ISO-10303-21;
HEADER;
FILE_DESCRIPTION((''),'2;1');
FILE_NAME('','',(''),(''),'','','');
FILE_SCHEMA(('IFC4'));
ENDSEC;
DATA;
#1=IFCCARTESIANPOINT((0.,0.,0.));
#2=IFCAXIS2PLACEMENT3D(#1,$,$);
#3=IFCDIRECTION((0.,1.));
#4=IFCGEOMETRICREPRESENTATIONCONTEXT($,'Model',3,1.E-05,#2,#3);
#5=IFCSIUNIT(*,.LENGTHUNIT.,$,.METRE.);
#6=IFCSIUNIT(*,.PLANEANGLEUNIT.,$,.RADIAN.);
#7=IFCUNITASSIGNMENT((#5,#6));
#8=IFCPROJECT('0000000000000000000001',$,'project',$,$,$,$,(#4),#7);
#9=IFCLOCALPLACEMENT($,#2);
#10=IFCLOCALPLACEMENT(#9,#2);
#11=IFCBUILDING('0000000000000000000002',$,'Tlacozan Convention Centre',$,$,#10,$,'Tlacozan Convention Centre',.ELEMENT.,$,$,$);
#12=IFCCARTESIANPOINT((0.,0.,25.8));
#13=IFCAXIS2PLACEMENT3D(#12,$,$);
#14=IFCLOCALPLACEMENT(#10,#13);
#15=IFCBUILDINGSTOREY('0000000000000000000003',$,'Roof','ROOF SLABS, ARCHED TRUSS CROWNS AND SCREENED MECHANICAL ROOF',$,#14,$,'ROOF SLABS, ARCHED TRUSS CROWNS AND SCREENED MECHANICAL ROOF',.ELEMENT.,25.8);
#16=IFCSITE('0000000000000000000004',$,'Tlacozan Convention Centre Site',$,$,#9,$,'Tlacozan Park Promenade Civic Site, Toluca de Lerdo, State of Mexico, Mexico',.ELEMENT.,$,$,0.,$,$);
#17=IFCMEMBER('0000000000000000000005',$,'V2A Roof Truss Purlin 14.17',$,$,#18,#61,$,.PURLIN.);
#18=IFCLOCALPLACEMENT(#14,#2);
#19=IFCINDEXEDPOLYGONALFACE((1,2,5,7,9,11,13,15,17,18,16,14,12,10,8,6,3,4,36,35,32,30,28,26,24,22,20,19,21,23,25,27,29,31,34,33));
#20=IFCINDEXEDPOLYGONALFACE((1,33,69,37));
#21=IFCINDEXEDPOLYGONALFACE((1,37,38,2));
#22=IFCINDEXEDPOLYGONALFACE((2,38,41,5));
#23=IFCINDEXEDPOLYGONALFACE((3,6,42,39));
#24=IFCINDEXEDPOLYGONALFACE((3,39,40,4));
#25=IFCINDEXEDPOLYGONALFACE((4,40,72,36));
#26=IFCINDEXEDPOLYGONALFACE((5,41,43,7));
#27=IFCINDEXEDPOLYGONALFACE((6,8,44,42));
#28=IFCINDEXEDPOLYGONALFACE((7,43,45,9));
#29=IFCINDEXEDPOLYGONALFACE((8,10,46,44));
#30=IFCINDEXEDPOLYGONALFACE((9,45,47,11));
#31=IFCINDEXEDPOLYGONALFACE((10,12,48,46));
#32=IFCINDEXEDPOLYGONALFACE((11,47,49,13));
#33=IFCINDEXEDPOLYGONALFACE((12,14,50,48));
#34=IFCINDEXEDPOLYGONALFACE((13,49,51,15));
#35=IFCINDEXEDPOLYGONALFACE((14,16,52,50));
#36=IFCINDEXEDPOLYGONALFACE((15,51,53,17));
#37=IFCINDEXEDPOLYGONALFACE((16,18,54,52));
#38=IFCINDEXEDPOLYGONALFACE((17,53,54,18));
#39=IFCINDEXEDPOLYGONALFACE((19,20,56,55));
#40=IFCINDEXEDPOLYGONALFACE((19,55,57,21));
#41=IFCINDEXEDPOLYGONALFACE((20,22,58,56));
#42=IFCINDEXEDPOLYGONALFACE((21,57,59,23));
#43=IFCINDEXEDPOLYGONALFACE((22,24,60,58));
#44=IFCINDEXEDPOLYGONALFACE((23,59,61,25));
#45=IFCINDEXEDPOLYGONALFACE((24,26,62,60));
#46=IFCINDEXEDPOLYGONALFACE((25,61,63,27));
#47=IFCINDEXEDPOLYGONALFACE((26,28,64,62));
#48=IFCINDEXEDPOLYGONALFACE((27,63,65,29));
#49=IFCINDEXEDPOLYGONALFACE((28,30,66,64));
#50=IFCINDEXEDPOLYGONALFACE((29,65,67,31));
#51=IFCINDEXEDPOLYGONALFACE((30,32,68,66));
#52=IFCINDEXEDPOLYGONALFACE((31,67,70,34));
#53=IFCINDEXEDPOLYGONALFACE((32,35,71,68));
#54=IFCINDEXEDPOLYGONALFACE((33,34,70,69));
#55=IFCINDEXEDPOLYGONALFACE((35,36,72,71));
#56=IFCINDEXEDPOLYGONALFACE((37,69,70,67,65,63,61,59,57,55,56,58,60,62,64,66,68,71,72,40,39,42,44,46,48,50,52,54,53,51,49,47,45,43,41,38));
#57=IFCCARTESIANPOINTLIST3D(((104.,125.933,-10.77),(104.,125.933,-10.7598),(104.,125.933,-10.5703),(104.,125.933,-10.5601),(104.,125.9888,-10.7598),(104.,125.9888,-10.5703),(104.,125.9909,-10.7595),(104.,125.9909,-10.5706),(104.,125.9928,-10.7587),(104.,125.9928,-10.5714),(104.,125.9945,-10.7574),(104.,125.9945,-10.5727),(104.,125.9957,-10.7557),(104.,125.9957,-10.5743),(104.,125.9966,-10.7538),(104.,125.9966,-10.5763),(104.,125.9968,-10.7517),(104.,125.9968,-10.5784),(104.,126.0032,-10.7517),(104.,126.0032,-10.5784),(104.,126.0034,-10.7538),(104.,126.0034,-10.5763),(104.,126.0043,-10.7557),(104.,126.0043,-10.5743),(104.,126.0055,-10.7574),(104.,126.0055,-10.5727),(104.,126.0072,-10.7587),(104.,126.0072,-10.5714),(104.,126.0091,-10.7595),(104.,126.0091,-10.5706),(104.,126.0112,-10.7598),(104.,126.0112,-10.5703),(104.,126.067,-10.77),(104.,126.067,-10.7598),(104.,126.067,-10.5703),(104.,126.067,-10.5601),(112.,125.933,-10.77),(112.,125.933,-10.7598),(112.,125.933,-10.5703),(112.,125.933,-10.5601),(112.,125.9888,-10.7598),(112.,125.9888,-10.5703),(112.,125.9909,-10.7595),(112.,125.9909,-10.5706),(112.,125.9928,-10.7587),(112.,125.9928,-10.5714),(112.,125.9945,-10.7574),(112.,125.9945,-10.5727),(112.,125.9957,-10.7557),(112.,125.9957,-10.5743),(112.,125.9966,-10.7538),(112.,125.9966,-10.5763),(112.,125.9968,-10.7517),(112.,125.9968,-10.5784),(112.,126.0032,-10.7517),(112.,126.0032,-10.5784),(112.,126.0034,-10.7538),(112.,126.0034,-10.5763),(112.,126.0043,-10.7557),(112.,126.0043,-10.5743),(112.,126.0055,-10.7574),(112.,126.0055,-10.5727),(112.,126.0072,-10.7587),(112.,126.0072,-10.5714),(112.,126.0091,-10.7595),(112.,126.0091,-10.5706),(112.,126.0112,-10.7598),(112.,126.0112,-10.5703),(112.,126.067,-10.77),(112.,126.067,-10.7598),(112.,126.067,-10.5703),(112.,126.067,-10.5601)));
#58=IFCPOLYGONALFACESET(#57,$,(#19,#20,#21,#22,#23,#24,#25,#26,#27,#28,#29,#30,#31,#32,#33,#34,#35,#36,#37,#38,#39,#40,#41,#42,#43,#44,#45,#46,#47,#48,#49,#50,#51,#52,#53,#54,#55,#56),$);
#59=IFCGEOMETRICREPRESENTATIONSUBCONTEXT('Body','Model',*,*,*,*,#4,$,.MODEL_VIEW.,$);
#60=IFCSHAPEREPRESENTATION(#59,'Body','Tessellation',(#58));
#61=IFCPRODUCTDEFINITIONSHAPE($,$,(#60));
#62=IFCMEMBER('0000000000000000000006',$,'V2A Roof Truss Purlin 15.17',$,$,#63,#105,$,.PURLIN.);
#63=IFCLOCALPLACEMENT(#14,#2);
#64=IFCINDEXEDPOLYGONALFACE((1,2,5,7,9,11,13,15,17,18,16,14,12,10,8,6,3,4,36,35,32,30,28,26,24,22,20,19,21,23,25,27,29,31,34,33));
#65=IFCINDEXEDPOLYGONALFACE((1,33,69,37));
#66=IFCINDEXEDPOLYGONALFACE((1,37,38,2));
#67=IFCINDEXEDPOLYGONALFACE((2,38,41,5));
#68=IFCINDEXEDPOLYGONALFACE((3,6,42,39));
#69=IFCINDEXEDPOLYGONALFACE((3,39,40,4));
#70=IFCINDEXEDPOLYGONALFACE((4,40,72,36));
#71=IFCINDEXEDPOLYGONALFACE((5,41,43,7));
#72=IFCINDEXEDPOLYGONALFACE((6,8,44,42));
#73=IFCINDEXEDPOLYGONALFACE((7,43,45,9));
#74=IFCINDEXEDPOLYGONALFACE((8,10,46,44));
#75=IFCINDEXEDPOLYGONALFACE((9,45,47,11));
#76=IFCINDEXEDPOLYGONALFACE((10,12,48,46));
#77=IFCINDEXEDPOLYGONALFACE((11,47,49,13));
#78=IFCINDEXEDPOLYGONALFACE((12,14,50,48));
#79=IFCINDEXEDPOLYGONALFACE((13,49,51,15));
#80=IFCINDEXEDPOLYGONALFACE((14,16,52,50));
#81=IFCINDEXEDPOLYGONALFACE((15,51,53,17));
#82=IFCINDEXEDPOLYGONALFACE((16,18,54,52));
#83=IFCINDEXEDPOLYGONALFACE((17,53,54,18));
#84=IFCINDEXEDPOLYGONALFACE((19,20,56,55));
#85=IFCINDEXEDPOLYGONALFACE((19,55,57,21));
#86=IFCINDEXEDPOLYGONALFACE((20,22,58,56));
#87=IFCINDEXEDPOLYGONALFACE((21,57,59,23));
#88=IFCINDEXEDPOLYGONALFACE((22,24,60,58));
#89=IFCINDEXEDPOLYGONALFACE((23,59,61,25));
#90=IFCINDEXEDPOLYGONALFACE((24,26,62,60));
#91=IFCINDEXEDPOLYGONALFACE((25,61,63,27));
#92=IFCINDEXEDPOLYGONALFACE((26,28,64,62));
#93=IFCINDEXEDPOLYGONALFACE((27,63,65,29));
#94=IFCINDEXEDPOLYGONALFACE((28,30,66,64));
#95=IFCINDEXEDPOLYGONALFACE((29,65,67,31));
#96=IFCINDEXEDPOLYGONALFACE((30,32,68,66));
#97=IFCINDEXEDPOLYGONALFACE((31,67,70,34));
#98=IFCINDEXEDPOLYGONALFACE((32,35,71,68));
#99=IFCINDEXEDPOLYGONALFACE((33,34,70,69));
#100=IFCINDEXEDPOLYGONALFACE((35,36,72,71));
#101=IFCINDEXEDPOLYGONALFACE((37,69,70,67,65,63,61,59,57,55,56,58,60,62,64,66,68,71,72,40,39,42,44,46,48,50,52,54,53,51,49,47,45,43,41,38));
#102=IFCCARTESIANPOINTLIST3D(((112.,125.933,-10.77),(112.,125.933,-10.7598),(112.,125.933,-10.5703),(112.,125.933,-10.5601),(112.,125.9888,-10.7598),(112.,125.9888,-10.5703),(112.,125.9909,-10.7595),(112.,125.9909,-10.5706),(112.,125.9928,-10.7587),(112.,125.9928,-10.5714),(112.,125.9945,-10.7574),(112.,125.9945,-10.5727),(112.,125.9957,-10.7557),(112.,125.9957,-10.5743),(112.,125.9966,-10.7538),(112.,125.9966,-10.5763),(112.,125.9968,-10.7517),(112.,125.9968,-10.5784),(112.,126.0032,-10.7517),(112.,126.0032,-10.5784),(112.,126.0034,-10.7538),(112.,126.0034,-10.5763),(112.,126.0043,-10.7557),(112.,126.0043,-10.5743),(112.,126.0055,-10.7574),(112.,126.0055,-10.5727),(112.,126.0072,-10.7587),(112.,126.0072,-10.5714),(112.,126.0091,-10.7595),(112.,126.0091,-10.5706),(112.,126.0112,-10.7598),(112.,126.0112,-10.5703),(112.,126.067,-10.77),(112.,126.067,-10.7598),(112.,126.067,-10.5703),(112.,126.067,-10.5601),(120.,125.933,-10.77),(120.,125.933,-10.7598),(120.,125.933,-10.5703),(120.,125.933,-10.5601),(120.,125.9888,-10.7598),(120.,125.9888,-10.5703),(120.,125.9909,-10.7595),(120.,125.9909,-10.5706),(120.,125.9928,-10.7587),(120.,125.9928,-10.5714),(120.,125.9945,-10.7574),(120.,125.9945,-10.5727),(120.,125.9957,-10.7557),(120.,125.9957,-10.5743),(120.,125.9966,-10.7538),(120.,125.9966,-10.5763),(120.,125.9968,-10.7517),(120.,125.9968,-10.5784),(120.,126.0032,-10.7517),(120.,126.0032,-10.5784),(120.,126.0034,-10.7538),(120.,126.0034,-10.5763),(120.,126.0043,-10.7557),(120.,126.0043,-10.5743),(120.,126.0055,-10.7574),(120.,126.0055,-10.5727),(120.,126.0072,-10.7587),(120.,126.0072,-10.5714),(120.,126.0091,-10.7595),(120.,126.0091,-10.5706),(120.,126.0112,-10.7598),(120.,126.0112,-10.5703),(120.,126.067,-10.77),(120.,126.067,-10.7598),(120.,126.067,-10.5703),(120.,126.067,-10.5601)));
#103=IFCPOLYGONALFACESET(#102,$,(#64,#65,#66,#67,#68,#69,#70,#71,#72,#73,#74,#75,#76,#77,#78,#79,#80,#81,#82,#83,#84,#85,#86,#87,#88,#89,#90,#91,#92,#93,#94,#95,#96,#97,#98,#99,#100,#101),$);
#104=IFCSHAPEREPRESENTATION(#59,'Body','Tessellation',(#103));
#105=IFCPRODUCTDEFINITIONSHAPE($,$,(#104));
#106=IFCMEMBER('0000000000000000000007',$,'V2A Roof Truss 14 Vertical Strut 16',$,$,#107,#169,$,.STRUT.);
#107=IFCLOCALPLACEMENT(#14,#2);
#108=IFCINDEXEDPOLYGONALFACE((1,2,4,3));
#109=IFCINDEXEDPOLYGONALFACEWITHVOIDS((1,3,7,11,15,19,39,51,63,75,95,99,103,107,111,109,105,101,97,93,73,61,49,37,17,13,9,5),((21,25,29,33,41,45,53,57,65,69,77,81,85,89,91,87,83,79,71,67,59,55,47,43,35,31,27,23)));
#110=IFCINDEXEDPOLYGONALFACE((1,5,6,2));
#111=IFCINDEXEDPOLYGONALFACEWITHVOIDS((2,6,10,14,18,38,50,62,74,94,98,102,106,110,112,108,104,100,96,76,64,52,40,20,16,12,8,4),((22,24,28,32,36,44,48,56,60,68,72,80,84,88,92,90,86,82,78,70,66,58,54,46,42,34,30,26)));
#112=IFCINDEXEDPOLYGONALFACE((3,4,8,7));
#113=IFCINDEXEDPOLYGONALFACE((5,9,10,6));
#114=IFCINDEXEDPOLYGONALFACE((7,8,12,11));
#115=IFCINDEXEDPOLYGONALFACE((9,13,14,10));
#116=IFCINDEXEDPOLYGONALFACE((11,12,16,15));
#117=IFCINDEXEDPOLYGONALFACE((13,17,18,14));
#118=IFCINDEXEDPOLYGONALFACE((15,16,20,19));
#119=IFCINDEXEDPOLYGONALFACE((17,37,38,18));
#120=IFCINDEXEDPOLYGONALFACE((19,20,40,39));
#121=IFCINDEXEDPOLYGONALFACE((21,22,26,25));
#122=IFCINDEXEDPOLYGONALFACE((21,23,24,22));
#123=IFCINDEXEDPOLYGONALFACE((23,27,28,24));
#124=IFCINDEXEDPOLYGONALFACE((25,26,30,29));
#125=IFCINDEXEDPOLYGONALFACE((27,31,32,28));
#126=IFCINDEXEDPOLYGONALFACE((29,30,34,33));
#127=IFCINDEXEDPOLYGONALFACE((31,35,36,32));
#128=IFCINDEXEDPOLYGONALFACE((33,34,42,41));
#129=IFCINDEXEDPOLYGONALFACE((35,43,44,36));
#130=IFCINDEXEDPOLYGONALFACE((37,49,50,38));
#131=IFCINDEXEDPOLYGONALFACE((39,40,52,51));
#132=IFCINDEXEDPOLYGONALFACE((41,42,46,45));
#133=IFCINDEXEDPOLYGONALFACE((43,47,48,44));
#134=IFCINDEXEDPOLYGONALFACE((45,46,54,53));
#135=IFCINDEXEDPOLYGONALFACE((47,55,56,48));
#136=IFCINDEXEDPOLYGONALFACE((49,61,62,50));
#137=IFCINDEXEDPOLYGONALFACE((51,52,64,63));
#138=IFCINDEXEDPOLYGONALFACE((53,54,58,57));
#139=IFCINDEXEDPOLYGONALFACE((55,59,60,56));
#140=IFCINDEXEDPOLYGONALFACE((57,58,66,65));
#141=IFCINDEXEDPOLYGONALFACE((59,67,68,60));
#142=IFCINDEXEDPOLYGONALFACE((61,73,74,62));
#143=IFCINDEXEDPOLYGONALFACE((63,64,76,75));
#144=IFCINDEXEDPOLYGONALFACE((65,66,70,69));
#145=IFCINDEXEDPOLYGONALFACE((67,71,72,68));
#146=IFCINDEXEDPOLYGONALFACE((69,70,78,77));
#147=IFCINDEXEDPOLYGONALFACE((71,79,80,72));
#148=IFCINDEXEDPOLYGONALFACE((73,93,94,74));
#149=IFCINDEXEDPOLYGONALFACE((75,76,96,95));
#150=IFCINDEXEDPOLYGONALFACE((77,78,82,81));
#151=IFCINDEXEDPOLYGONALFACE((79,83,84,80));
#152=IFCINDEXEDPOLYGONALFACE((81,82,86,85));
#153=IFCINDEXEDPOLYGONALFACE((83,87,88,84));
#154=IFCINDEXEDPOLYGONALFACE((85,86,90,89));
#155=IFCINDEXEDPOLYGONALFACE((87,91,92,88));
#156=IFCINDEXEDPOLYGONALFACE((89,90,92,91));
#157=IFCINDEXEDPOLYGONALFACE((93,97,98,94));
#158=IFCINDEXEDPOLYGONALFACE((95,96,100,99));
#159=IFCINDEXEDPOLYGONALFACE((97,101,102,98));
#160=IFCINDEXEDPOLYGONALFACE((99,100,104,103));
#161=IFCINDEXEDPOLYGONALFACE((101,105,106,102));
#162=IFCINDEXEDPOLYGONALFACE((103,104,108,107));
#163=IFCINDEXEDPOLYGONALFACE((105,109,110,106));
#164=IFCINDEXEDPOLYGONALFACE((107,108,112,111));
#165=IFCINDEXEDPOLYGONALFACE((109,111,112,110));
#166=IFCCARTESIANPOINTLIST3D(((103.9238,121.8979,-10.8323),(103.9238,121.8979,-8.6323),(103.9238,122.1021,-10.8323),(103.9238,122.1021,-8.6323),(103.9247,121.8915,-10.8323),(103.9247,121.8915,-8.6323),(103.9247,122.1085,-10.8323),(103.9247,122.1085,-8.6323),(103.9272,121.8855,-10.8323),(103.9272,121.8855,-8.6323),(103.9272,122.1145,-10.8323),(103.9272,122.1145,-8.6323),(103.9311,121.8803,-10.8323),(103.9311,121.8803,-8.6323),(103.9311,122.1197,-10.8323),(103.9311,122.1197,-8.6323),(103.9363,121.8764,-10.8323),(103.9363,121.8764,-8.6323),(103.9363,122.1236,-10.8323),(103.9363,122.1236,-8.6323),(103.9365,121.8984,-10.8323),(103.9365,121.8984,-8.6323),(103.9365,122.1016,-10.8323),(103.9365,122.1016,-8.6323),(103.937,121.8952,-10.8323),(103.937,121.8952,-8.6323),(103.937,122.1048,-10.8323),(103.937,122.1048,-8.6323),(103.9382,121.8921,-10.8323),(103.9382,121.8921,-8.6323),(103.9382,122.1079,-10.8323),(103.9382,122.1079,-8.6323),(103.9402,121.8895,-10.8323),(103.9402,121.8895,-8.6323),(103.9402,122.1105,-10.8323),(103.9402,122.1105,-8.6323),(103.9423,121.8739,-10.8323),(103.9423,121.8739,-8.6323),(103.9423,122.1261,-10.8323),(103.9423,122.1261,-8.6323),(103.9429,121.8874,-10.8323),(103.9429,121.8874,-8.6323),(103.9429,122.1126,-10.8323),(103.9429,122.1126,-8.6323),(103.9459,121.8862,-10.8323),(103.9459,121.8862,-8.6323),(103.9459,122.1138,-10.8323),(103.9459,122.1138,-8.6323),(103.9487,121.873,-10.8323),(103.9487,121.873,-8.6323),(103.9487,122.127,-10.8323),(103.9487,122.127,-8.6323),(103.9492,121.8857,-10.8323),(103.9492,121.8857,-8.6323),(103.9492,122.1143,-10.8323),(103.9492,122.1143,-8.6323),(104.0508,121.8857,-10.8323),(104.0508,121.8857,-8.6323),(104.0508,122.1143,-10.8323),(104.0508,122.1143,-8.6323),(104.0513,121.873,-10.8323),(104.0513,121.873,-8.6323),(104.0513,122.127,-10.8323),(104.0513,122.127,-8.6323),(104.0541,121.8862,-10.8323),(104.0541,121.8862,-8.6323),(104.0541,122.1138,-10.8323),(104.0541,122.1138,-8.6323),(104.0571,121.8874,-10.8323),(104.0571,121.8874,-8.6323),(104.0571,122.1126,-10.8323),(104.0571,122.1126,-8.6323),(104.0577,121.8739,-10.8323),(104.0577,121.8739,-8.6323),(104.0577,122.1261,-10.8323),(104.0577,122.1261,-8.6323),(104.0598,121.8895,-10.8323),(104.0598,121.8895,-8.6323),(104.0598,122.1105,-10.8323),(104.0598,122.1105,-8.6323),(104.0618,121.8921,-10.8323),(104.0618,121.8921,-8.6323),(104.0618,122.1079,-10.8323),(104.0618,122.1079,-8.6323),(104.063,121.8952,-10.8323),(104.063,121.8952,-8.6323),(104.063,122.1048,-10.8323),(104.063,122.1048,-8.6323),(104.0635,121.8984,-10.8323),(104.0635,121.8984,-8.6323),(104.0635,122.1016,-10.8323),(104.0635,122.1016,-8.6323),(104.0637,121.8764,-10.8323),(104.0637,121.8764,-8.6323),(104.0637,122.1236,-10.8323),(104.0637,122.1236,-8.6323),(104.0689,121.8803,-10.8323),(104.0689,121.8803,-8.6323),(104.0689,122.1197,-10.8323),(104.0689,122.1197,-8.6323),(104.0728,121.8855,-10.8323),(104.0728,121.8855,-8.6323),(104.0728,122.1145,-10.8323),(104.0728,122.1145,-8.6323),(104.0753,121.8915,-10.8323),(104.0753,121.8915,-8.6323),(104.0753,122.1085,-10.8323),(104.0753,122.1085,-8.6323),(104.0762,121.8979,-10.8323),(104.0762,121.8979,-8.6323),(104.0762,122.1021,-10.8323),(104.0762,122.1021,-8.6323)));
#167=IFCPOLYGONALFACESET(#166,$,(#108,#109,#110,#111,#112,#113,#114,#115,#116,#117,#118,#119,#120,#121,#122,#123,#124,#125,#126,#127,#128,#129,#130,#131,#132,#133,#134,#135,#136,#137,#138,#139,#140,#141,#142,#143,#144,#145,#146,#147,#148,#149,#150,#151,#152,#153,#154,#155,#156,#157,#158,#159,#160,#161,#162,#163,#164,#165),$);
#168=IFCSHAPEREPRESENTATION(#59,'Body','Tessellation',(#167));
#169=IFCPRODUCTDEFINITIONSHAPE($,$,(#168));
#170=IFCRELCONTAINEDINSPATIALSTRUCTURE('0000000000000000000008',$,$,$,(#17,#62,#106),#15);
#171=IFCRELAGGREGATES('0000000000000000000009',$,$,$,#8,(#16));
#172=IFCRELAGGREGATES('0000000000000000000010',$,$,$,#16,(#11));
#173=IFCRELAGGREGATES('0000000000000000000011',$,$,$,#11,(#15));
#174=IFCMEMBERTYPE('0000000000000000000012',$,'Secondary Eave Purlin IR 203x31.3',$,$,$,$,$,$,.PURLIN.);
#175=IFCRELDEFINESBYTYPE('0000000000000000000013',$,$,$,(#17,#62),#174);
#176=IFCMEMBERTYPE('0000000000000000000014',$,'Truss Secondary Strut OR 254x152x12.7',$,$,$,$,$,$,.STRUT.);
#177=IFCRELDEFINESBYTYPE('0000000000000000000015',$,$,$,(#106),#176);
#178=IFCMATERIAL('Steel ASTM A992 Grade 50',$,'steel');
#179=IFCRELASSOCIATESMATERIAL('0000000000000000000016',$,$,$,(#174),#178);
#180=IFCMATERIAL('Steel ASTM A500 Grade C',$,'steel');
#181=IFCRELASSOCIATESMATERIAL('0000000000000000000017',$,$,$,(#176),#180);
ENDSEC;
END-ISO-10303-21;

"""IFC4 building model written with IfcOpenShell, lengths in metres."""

from ifc_helpers import new_model, si_unit, direction, frame, origin, origin_2d, place, context, subcontext, project, spatial, hollow_rectangle, i_section, extrude, material, material_profile, profile_set, type_object, element, save


model = new_model("IFC4")

# Units and contexts
model_context = context("Model", 3, precision=1e-05, world=origin(), true_north=direction((0.0, 1.0)))
body_context = subcontext(model_context, "Body", "Model", "MODEL_VIEW")
ifc_project = project(units=[si_unit("LENGTHUNIT", "METRE"), si_unit("PLANEANGLEUNIT", "RADIAN")], contexts=[model_context])

# Site, building, storey
site_placement = place(None, origin())
site = spatial("IfcSite", under=ifc_project, at=site_placement, Name="Tlacozan Convention Centre Site", LongName="Tlacozan Park Promenade Civic Site, Toluca de Lerdo, State of Mexico, Mexico", CompositionType="ELEMENT", RefElevation=0.0)
building_placement = place(site_placement, origin())
building = spatial("IfcBuilding", under=site, at=building_placement, Name="Tlacozan Convention Centre", LongName="Tlacozan Convention Centre", CompositionType="ELEMENT")
storey_placement = place(building_placement, frame((0.0, 0.0, 25.8)))
storey = spatial("IfcBuildingStorey", under=building, at=storey_placement, Name="Roof", Description="ROOF SLABS, ARCHED TRUSS CROWNS AND SCREENED MECHANICAL ROOF", LongName="ROOF SLABS, ARCHED TRUSS CROWNS AND SCREENED MECHANICAL ROOF", CompositionType="ELEMENT", Elevation=25.8)

# Members
ifc_material_1 = material(Name="Steel ASTM A500 Grade C", Category="steel")
ifc_material_2 = material(Name="Steel ASTM A992 Grade 50", Category="steel")
ifc_material_profile_1 = material_profile(ifc_material_2, i_section(OverallWidth=0.134, OverallDepth=0.21, WebThickness=0.0063, FlangeThickness=0.0103, FilletRadius=0.0081, at=origin_2d()), Name="IR 203x31.3")
ifc_profile_set_1 = profile_set([ifc_material_profile_1], Name="Steel ASTM A992 Grade 50")
member_type_1 = type_object("IfcMemberType", Name="Secondary Eave Purlin IR 203x31.3", PredefinedType="PURLIN", material=ifc_profile_set_1)
for number, where, z_axis, x_axis, name in (
    (1, (104.0, 126.0, -10.665), (1.0, 0.0, 0.0), (0.0, 1.0, 0.0), "V2A Roof Truss Purlin 14.17"),
    (2, (112.0, 126.0, -10.665), (1.0, 0.0, 0.0), (0.0, 1.0, 0.0), "V2A Roof Truss Purlin 15.17"),
):
    element("IfcMember", number, at=place(storey_placement, frame(where, z_axis=z_axis, x_axis=x_axis)), inside=storey, type_object=member_type_1, Name=name, PredefinedType="PURLIN", context=body_context, shape_type="SweptSolid", body=[
        extrude(i_section(OverallWidth=0.134, OverallDepth=0.21, WebThickness=0.0063, FlangeThickness=0.0103, FilletRadius=0.0081, at=origin_2d()), origin(), (0.0, 0.0, 1.0), 8.0),
    ])
ifc_material_profile_2 = material_profile(ifc_material_1, hollow_rectangle(XDim=0.1523, YDim=0.2539, WallThickness=0.0127, InnerFilletRadius=0.0127, OuterFilletRadius=0.0249, at=origin_2d()), Name="OR 254x152x12.7")
ifc_profile_set_2 = profile_set([ifc_material_profile_2], Name="Steel ASTM A500 Grade C")
member_type_2 = type_object("IfcMemberType", Name="Truss Secondary Strut OR 254x152x12.7", PredefinedType="STRUT", material=ifc_profile_set_2)
for number, where, z_axis, x_axis, name in (
    (3, (104.0, 122.0, -10.8323), (0.0, 0.0, 1.0), (1.0, 0.0, 0.0), "V2A Roof Truss 14 Vertical Strut 16"),
):
    element("IfcMember", number, at=place(storey_placement, frame(where, z_axis=z_axis, x_axis=x_axis)), inside=storey, type_object=member_type_2, Name=name, PredefinedType="STRUT", context=body_context, shape_type="SweptSolid", body=[
        extrude(hollow_rectangle(XDim=0.1523, YDim=0.2539, WallThickness=0.0127, InnerFilletRadius=0.0127, OuterFilletRadius=0.0249, at=origin_2d()), origin(), (0.0, 0.0, 1.0), 2.2),
    ])

save(model, "model.ifc")
